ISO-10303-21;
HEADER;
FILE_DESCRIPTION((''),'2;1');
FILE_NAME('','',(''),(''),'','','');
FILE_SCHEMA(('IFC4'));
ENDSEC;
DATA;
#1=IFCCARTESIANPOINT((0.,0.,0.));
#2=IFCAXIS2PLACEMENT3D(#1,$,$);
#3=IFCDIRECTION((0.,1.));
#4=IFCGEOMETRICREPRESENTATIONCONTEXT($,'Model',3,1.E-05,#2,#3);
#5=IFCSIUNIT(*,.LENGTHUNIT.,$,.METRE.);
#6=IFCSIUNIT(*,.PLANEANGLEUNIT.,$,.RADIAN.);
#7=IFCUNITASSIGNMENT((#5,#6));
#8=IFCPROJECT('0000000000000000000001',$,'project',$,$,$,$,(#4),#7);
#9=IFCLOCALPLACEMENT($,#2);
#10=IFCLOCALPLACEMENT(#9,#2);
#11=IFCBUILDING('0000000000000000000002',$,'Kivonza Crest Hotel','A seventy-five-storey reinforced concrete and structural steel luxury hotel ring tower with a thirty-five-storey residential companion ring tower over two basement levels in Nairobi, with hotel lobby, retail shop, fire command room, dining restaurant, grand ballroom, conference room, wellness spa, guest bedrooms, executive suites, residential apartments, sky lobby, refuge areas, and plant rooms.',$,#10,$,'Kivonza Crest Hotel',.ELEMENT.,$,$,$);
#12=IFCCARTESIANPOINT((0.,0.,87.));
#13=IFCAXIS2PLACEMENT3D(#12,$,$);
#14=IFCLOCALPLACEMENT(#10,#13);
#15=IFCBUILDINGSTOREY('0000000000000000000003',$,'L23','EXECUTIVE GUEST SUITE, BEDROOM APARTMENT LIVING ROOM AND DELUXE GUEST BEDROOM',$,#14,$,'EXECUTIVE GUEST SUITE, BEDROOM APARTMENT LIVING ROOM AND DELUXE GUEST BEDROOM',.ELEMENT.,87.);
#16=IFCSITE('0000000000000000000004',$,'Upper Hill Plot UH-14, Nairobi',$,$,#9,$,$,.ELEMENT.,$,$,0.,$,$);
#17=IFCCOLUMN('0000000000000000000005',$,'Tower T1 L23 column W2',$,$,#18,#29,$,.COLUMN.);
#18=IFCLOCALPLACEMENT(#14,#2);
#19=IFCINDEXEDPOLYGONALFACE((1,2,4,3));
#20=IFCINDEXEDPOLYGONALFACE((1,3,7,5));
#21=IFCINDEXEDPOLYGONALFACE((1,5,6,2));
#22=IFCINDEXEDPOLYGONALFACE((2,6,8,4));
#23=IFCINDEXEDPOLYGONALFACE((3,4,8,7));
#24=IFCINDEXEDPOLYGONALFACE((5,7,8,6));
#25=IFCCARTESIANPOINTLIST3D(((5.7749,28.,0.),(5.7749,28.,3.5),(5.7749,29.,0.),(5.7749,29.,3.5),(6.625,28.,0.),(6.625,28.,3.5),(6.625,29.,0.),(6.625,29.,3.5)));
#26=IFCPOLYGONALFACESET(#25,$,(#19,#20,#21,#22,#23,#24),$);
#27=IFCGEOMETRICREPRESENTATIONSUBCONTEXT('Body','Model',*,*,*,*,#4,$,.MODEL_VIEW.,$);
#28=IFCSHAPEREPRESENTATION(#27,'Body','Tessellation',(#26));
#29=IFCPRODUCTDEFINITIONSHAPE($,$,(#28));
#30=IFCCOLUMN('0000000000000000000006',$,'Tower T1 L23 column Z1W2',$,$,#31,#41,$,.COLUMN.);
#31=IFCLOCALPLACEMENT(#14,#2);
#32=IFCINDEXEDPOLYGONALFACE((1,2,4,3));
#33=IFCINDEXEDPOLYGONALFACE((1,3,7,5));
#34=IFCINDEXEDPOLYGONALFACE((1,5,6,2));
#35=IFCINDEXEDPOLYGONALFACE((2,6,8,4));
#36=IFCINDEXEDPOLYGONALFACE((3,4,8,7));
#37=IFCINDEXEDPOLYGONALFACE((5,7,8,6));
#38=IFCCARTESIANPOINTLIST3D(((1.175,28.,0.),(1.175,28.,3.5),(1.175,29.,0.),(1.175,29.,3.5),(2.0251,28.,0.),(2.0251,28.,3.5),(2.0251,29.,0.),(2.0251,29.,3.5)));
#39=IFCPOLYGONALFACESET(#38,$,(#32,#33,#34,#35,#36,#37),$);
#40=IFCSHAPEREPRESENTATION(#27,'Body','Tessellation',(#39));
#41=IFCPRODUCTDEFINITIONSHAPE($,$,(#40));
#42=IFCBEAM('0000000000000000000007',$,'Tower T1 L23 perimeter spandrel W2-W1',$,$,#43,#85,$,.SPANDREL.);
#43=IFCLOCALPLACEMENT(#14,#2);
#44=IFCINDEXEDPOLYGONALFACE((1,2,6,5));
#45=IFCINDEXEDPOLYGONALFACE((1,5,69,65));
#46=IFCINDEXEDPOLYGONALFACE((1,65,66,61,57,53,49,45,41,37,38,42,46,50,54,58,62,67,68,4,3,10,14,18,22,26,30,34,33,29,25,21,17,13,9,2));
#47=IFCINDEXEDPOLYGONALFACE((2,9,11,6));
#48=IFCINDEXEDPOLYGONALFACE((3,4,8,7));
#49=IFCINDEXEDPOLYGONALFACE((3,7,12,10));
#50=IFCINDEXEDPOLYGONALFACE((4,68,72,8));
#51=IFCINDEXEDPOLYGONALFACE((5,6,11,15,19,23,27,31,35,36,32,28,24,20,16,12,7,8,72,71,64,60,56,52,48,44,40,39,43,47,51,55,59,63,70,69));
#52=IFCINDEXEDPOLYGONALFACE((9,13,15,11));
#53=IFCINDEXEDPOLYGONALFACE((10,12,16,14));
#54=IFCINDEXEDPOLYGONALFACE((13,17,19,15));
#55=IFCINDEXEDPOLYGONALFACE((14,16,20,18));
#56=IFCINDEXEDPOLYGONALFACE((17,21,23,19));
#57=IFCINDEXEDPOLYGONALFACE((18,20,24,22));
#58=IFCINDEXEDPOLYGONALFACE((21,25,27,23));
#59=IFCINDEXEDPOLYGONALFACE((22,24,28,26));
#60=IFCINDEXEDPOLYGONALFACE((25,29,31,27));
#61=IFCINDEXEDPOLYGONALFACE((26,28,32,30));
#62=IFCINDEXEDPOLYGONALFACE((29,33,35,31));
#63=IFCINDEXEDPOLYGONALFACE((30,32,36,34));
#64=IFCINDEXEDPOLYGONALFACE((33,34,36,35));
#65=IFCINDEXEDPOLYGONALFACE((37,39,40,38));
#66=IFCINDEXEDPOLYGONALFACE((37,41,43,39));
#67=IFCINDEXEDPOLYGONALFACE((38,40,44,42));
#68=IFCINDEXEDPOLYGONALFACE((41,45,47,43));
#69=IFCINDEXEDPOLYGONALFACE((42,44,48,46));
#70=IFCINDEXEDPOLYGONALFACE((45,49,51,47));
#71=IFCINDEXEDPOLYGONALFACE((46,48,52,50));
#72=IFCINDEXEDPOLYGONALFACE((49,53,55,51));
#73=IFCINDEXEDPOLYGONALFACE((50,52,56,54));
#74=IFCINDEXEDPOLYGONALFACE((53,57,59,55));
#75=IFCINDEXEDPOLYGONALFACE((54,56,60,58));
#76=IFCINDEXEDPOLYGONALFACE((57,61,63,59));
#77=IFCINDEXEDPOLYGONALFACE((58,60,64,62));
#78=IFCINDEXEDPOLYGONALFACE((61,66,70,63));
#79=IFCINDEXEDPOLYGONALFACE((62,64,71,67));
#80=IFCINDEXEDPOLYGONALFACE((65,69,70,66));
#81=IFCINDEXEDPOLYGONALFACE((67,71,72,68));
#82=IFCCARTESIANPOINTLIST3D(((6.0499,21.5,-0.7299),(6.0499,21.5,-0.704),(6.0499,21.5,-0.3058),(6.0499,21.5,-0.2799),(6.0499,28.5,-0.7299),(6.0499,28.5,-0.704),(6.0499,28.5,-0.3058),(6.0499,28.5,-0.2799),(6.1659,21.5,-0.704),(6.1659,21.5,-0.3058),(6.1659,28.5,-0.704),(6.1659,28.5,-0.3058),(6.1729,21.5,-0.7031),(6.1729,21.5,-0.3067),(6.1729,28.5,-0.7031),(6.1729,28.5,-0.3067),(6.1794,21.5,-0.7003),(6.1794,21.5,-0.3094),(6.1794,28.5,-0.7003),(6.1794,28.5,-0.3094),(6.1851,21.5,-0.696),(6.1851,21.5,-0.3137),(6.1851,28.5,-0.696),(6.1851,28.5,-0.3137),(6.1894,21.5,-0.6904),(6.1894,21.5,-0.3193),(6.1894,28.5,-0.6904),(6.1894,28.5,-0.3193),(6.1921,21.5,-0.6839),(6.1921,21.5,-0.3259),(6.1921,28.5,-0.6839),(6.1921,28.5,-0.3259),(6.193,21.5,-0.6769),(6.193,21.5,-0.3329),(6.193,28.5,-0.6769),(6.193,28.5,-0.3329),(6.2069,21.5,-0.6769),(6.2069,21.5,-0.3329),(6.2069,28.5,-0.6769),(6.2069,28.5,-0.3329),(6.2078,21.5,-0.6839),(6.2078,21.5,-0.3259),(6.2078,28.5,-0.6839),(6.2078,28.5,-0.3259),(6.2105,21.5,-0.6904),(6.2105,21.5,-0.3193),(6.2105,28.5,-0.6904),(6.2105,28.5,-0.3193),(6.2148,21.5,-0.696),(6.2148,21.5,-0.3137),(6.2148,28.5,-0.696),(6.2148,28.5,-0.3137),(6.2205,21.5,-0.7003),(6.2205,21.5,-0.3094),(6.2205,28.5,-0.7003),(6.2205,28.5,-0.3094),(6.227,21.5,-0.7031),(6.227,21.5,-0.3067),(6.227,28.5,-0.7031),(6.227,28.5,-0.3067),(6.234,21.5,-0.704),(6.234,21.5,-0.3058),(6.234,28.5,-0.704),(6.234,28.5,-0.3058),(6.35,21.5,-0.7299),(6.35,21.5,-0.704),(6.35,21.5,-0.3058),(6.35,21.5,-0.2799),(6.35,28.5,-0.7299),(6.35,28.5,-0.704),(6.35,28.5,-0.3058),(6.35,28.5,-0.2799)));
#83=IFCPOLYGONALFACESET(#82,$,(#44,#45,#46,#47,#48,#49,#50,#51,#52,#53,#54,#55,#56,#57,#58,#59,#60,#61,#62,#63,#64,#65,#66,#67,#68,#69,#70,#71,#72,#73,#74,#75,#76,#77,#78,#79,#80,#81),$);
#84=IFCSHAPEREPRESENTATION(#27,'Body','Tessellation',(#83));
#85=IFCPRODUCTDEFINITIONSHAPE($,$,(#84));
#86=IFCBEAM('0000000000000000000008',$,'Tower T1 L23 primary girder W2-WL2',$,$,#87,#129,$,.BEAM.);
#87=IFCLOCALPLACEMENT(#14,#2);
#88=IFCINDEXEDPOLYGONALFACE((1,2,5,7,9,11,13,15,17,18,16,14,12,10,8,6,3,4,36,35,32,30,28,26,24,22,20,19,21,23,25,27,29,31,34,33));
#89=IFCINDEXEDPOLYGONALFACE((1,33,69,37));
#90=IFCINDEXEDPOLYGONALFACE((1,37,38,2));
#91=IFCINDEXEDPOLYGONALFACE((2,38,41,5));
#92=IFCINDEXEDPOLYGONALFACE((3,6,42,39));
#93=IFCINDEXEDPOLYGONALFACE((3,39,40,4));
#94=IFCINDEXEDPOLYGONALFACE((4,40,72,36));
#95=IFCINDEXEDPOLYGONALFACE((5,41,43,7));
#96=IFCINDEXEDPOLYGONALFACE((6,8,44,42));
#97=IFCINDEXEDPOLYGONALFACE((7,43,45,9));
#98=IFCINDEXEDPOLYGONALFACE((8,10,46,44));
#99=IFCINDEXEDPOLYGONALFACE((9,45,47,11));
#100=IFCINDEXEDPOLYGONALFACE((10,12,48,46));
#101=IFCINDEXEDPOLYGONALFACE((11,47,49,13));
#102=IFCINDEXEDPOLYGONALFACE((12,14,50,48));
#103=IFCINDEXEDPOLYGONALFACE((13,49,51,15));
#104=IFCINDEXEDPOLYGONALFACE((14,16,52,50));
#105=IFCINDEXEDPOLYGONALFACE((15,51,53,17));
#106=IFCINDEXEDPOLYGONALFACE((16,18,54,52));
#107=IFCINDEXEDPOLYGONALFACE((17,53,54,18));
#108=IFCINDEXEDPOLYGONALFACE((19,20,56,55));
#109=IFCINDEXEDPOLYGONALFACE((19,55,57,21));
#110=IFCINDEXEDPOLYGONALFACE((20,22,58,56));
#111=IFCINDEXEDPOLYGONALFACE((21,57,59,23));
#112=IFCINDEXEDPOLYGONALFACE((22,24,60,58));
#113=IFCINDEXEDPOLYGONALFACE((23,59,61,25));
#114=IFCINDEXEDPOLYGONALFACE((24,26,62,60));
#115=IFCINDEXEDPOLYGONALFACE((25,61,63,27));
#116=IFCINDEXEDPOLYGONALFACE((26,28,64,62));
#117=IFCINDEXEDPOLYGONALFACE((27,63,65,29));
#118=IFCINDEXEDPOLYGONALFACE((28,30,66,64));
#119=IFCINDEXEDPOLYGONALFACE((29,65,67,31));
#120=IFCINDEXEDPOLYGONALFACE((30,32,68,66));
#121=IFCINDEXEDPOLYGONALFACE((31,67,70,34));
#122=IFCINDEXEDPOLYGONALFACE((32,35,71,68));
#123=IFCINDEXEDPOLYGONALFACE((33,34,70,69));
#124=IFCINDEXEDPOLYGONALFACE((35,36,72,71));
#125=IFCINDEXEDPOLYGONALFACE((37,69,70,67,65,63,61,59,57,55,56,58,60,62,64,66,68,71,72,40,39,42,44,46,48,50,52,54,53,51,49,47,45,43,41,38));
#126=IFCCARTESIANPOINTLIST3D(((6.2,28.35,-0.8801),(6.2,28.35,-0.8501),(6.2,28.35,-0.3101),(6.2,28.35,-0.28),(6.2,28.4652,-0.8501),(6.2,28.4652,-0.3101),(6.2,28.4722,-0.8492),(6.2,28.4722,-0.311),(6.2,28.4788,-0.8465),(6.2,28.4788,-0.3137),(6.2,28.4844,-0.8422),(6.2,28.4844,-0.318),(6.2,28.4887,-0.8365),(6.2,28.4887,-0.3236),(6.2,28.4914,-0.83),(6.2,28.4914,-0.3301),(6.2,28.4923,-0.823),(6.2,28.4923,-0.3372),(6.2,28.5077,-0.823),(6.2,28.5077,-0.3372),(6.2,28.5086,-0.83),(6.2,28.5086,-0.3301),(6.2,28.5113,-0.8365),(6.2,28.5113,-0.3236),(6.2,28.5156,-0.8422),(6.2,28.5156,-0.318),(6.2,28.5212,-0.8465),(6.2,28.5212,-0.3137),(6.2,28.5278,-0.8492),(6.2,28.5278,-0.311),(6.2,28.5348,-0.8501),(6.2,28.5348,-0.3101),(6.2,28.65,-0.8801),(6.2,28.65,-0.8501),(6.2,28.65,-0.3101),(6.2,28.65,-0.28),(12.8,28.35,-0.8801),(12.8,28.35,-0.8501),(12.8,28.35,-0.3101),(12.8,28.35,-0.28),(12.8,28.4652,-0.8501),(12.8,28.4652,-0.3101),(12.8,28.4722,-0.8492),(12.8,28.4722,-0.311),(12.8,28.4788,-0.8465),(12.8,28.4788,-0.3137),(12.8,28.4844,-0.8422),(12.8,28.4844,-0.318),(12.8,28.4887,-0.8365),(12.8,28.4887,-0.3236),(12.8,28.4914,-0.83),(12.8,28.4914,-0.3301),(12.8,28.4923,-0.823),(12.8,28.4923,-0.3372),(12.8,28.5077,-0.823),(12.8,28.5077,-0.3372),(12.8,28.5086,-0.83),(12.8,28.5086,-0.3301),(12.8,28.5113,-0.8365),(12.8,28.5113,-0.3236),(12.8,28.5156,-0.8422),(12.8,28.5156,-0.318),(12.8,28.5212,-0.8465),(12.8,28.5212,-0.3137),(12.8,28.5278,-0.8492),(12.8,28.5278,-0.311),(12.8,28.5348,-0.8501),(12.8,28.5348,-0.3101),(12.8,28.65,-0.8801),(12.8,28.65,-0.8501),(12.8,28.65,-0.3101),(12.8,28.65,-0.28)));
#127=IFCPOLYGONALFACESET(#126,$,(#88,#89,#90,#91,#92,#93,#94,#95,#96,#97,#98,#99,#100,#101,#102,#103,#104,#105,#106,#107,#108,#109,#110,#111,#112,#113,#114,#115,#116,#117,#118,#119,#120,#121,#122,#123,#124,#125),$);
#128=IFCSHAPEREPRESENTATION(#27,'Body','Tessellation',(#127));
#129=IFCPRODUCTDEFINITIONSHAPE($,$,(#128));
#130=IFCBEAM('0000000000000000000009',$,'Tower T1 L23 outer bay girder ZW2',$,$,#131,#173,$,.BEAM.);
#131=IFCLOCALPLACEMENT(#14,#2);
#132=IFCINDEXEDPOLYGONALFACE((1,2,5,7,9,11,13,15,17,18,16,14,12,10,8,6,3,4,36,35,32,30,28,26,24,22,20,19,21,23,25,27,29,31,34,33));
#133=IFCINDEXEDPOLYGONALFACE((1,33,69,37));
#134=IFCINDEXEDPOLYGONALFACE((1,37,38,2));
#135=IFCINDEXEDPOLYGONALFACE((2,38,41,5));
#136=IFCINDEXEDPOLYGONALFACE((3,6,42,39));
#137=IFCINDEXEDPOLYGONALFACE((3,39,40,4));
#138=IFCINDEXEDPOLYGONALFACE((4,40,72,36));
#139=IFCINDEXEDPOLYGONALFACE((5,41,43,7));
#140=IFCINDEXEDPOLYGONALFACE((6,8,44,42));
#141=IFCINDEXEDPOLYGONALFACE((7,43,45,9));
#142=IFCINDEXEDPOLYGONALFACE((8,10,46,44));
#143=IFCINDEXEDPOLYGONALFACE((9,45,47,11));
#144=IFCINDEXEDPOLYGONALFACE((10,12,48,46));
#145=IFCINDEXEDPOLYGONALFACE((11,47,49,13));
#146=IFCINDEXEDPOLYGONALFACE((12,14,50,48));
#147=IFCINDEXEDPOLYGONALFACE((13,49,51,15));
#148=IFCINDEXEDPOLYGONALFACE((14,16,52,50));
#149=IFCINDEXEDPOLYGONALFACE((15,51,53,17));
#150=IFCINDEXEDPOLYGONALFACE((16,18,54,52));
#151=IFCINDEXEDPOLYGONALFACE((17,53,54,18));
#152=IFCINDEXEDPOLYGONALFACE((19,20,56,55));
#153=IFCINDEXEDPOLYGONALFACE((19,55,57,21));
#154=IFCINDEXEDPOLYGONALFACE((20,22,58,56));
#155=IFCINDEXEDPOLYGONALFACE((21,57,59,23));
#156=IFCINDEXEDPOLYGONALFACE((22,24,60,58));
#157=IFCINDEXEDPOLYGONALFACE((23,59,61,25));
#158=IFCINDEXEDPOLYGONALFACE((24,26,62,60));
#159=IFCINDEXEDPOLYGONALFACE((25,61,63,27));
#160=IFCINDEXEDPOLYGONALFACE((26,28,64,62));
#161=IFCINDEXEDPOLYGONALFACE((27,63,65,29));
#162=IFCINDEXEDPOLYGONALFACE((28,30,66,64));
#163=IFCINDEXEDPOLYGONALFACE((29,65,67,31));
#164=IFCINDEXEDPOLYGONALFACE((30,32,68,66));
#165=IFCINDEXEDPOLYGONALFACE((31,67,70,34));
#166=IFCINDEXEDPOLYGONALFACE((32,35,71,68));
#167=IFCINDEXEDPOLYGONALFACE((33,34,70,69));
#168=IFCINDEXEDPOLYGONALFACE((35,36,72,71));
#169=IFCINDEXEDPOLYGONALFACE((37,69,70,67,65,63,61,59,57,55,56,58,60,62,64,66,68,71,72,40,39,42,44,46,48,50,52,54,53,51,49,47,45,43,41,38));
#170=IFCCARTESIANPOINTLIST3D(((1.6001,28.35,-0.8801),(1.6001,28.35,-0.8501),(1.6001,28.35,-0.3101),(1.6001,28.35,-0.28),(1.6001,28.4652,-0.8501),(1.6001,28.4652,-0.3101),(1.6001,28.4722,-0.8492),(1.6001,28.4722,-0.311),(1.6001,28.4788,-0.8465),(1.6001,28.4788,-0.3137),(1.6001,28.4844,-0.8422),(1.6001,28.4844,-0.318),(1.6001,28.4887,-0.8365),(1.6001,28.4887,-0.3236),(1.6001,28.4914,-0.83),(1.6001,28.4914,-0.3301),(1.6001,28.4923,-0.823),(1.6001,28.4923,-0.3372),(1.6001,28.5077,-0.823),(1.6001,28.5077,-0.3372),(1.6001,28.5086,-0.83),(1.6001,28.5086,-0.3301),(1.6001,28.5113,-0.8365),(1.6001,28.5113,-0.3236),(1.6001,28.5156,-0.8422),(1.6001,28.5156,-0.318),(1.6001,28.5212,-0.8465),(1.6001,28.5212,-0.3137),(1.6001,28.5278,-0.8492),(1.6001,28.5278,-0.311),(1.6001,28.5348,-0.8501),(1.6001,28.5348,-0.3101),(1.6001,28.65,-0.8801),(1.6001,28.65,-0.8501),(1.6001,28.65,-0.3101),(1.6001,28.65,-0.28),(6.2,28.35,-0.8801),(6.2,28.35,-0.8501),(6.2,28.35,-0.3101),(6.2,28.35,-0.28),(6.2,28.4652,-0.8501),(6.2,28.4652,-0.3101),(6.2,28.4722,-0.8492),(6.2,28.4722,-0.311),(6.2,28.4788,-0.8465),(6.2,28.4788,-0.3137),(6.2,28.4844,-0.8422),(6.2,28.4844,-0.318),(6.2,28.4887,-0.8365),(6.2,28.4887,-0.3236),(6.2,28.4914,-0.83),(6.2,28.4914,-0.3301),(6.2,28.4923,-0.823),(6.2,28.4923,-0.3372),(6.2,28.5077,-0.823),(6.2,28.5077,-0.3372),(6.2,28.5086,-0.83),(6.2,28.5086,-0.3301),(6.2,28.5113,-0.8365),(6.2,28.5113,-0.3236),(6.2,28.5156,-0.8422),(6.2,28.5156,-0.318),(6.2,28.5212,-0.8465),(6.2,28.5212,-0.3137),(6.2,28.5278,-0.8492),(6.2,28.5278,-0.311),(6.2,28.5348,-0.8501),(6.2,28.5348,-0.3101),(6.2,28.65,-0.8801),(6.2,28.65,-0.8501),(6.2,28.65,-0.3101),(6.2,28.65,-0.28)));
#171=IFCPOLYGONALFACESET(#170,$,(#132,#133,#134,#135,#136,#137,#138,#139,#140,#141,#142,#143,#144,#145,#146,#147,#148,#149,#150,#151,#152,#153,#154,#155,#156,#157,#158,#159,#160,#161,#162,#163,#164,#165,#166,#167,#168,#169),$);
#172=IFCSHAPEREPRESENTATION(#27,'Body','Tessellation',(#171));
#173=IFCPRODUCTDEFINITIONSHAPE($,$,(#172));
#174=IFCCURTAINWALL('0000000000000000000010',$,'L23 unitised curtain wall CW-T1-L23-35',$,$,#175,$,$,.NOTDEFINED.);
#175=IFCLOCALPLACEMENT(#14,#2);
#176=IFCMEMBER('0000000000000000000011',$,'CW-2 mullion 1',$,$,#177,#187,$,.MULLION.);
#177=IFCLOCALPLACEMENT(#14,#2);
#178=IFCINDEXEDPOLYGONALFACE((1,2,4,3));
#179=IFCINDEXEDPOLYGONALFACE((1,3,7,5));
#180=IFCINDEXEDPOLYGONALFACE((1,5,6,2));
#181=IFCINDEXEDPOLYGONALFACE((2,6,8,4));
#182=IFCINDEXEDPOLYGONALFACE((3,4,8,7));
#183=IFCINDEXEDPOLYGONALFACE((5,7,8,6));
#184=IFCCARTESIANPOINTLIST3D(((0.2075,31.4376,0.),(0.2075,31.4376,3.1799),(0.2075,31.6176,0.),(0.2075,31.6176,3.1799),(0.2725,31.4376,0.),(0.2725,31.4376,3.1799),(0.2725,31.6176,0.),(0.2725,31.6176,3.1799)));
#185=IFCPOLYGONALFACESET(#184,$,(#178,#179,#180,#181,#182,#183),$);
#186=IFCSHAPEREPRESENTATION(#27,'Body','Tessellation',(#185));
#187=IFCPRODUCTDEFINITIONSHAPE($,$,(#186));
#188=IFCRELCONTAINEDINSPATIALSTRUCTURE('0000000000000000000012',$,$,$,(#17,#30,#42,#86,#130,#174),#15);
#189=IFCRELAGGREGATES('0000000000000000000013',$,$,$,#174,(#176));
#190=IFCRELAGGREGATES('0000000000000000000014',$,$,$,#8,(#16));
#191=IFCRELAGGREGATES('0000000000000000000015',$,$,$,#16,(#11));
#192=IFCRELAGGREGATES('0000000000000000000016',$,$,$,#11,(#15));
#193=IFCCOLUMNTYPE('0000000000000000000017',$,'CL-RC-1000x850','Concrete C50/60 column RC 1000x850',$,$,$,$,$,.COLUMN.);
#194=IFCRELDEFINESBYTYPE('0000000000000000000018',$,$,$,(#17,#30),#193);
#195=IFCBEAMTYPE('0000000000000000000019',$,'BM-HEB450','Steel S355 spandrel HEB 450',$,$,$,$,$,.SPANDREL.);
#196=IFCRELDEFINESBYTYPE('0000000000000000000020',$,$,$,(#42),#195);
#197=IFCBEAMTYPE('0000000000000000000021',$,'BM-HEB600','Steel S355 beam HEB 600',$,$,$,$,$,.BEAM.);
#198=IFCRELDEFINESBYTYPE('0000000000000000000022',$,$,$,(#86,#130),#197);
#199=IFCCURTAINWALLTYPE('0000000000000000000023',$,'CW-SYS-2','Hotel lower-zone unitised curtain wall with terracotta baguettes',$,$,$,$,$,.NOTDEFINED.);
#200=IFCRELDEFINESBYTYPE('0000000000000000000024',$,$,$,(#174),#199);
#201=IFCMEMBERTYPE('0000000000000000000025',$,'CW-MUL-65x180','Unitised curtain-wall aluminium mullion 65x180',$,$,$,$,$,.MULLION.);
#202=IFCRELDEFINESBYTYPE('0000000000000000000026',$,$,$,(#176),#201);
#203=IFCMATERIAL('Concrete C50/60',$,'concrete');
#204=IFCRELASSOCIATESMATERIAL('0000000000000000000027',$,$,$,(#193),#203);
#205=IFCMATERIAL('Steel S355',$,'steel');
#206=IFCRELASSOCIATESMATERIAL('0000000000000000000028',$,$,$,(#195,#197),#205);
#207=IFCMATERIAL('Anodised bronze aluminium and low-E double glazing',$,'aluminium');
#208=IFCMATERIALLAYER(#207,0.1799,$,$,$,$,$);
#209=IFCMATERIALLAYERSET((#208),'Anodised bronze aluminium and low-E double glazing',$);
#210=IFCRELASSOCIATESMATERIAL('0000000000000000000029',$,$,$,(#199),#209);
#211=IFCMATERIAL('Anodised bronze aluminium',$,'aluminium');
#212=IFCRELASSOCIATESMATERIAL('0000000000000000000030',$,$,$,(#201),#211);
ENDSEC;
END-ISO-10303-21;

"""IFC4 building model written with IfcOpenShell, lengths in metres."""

from ifc_helpers import new_model, si_unit, direction, frame, origin, origin_2d, place, context, subcontext, project, spatial, rectangle, i_section, extrude, material, layer, layer_set, material_profile, profile_set, type_object, element, aggregate, save


model = new_model("IFC4")

# Units and contexts
model_context = context("Model", 3, precision=1e-05, world=origin(), true_north=direction((0.0, 1.0)))
body_context = subcontext(model_context, "Body", "Model", "MODEL_VIEW")
ifc_project = project(units=[si_unit("LENGTHUNIT", "METRE"), si_unit("PLANEANGLEUNIT", "RADIAN")], contexts=[model_context])

# Site, building, storey
site_placement = place(None, origin())
site = spatial("IfcSite", under=ifc_project, at=site_placement, Name="Upper Hill Plot UH-14, Nairobi", CompositionType="ELEMENT", RefElevation=0.0)
building_placement = place(site_placement, origin())
building = spatial("IfcBuilding", under=site, at=building_placement, Name="Kivonza Crest Hotel", Description="A seventy-five-storey reinforced concrete and structural steel luxury hotel ring tower with a thirty-five-storey residential companion ring tower over two basement levels in Nairobi, with hotel lobby, retail shop, fire command room, dining restaurant, grand ballroom, conference room, wellness spa, guest bedrooms, executive suites, residential apartments, sky lobby, refuge areas, and plant rooms.", LongName="Kivonza Crest Hotel", CompositionType="ELEMENT")
storey_placement = place(building_placement, frame((0.0, 0.0, 87.0)))
storey = spatial("IfcBuildingStorey", under=building, at=storey_placement, Name="L23", Description="EXECUTIVE GUEST SUITE, BEDROOM APARTMENT LIVING ROOM AND DELUXE GUEST BEDROOM", LongName="EXECUTIVE GUEST SUITE, BEDROOM APARTMENT LIVING ROOM AND DELUXE GUEST BEDROOM", CompositionType="ELEMENT", Elevation=87.0)

# Columns
ifc_material_1 = material(Name="Concrete C50/60", Category="concrete")
ifc_material_profile_1 = material_profile(ifc_material_1, rectangle(XDim=0.8501, YDim=1.0, at=origin_2d()), Name="RC 1000x850")
ifc_profile_set_1 = profile_set([ifc_material_profile_1], Name="Concrete C50/60")
column_type = type_object("IfcColumnType", Name="CL-RC-1000x850", Description="Concrete C50/60 column RC 1000x850", PredefinedType="COLUMN", material=ifc_profile_set_1)
for number, where, z_axis, x_axis, name in (
    (1, (6.2, 28.5, 0.0), (0.0, 0.0, 1.0), (1.0, 0.0, 0.0), "Tower T1 L23 column W2"),
    (2, (1.6001, 28.5, 0.0), (0.0, 0.0, 1.0), (1.0, 0.0, 0.0), "Tower T1 L23 column Z1W2"),
):
    element("IfcColumn", number, at=place(storey_placement, frame(where, z_axis=z_axis, x_axis=x_axis)), inside=storey, type_object=column_type, Name=name, PredefinedType="COLUMN", context=body_context, shape_type="SweptSolid", body=[
        extrude(rectangle(XDim=0.8501, YDim=1.0, at=origin_2d()), origin(), (0.0, 0.0, 1.0), 3.5),
    ])

# Beams
ifc_material_2 = material(Name="Steel S355", Category="steel")
ifc_material_profile_2 = material_profile(ifc_material_2, i_section(OverallWidth=0.3, OverallDepth=0.45, WebThickness=0.0139, FlangeThickness=0.0259, FilletRadius=0.0271, at=origin_2d()), Name="HEB 450")
ifc_profile_set_2 = profile_set([ifc_material_profile_2], Name="Steel S355")
beam_type_1 = type_object("IfcBeamType", Name="BM-HEB450", Description="Steel S355 spandrel HEB 450", PredefinedType="SPANDREL", material=ifc_profile_set_2)
beam_1_placement = place(storey_placement, frame((6.2, 28.5, -0.5049), z_axis=(0.0, -1.0, 0.0), x_axis=(1.0, 0.0, 0.0)))
element("IfcBeam", 3, at=beam_1_placement, inside=storey, type_object=beam_type_1, Name="Tower T1 L23 perimeter spandrel W2-W1", PredefinedType="SPANDREL", context=body_context, shape_type="SweptSolid", body=[
    extrude(i_section(OverallWidth=0.3, OverallDepth=0.45, WebThickness=0.0139, FlangeThickness=0.0259, FilletRadius=0.0271, at=origin_2d()), origin(), (0.0, 0.0, 1.0), 7.0),
])
ifc_material_profile_3 = material_profile(ifc_material_2, i_section(OverallWidth=0.3, OverallDepth=0.6001, WebThickness=0.0154, FlangeThickness=0.03, FilletRadius=0.0271, at=origin_2d()), Name="HEB 600")
ifc_profile_set_3 = profile_set([ifc_material_profile_3], Name="Steel S355")
beam_type_2 = type_object("IfcBeamType", Name="BM-HEB600", Description="Steel S355 beam HEB 600", PredefinedType="BEAM", material=ifc_profile_set_3)
beam_2_placement = place(storey_placement, frame((6.2, 28.5, -0.5801), z_axis=(1.0, 0.0, 0.0), x_axis=(0.0, 1.0, 0.0)))
element("IfcBeam", 4, at=beam_2_placement, inside=storey, type_object=beam_type_2, Name="Tower T1 L23 primary girder W2-WL2", PredefinedType="BEAM", context=body_context, shape_type="SweptSolid", body=[
    extrude(i_section(OverallWidth=0.3, OverallDepth=0.6001, WebThickness=0.0154, FlangeThickness=0.03, FilletRadius=0.0271, at=origin_2d()), origin(), (0.0, 0.0, 1.0), 6.6001),
])
beam_3_placement = place(storey_placement, frame((1.6001, 28.5, -0.5801), z_axis=(1.0, 0.0, 0.0), x_axis=(0.0, 1.0, 0.0)))
element("IfcBeam", 5, at=beam_3_placement, inside=storey, type_object=beam_type_2, Name="Tower T1 L23 outer bay girder ZW2", PredefinedType="BEAM", context=body_context, shape_type="SweptSolid", body=[
    extrude(i_section(OverallWidth=0.3, OverallDepth=0.6001, WebThickness=0.0154, FlangeThickness=0.03, FilletRadius=0.0271, at=origin_2d()), origin(), (0.0, 0.0, 1.0), 4.5999),
])

# Curtain wall, member
ifc_material_3 = material(Name="Anodised bronze aluminium and low-E double glazing", Category="aluminium")
ifc_layer_1 = layer(ifc_material_3, 0.1799)
ifc_layer_set_1 = layer_set([ifc_layer_1], Name="Anodised bronze aluminium and low-E double glazing")
curtain_wall_type = type_object("IfcCurtainWallType", Name="CW-SYS-2", Description="Hotel lower-zone unitised curtain wall with terracotta baguettes", PredefinedType="NOTDEFINED", material=ifc_layer_set_1)
curtain_wall_placement = place(storey_placement, origin())
curtain_wall = element("IfcCurtainWall", 6, at=curtain_wall_placement, inside=storey, type_object=curtain_wall_type, Name="L23 unitised curtain wall CW-T1-L23-35", PredefinedType="NOTDEFINED")
ifc_material_4 = material(Name="Anodised bronze aluminium", Category="aluminium")
ifc_material_profile_4 = material_profile(ifc_material_4, rectangle(XDim=0.0649, YDim=0.1799, at=origin_2d()), Name="CW-M 65x180")
ifc_profile_set_4 = profile_set([ifc_material_profile_4], Name="Anodised bronze aluminium")
member_type_1 = type_object("IfcMemberType", Name="CW-MUL-65x180", Description="Unitised curtain-wall aluminium mullion 65x180", PredefinedType="MULLION", material=ifc_profile_set_4)
member_1_placement = place(storey_placement, frame((0.24, 31.5276, 0.0), z_axis=(0.0, 0.0, 1.0), x_axis=(1.0, 0.0, 0.0)))
member_1 = element("IfcMember", 7, at=member_1_placement, type_object=member_type_1, Name="CW-2 mullion 1", PredefinedType="MULLION", context=body_context, shape_type="SweptSolid", body=[
    extrude(rectangle(XDim=0.0649, YDim=0.1799, at=origin_2d()), origin(), (0.0, 0.0, 1.0), 3.1799),
])
aggregate(curtain_wall, [member_1])

save(model, "model.ifc")
